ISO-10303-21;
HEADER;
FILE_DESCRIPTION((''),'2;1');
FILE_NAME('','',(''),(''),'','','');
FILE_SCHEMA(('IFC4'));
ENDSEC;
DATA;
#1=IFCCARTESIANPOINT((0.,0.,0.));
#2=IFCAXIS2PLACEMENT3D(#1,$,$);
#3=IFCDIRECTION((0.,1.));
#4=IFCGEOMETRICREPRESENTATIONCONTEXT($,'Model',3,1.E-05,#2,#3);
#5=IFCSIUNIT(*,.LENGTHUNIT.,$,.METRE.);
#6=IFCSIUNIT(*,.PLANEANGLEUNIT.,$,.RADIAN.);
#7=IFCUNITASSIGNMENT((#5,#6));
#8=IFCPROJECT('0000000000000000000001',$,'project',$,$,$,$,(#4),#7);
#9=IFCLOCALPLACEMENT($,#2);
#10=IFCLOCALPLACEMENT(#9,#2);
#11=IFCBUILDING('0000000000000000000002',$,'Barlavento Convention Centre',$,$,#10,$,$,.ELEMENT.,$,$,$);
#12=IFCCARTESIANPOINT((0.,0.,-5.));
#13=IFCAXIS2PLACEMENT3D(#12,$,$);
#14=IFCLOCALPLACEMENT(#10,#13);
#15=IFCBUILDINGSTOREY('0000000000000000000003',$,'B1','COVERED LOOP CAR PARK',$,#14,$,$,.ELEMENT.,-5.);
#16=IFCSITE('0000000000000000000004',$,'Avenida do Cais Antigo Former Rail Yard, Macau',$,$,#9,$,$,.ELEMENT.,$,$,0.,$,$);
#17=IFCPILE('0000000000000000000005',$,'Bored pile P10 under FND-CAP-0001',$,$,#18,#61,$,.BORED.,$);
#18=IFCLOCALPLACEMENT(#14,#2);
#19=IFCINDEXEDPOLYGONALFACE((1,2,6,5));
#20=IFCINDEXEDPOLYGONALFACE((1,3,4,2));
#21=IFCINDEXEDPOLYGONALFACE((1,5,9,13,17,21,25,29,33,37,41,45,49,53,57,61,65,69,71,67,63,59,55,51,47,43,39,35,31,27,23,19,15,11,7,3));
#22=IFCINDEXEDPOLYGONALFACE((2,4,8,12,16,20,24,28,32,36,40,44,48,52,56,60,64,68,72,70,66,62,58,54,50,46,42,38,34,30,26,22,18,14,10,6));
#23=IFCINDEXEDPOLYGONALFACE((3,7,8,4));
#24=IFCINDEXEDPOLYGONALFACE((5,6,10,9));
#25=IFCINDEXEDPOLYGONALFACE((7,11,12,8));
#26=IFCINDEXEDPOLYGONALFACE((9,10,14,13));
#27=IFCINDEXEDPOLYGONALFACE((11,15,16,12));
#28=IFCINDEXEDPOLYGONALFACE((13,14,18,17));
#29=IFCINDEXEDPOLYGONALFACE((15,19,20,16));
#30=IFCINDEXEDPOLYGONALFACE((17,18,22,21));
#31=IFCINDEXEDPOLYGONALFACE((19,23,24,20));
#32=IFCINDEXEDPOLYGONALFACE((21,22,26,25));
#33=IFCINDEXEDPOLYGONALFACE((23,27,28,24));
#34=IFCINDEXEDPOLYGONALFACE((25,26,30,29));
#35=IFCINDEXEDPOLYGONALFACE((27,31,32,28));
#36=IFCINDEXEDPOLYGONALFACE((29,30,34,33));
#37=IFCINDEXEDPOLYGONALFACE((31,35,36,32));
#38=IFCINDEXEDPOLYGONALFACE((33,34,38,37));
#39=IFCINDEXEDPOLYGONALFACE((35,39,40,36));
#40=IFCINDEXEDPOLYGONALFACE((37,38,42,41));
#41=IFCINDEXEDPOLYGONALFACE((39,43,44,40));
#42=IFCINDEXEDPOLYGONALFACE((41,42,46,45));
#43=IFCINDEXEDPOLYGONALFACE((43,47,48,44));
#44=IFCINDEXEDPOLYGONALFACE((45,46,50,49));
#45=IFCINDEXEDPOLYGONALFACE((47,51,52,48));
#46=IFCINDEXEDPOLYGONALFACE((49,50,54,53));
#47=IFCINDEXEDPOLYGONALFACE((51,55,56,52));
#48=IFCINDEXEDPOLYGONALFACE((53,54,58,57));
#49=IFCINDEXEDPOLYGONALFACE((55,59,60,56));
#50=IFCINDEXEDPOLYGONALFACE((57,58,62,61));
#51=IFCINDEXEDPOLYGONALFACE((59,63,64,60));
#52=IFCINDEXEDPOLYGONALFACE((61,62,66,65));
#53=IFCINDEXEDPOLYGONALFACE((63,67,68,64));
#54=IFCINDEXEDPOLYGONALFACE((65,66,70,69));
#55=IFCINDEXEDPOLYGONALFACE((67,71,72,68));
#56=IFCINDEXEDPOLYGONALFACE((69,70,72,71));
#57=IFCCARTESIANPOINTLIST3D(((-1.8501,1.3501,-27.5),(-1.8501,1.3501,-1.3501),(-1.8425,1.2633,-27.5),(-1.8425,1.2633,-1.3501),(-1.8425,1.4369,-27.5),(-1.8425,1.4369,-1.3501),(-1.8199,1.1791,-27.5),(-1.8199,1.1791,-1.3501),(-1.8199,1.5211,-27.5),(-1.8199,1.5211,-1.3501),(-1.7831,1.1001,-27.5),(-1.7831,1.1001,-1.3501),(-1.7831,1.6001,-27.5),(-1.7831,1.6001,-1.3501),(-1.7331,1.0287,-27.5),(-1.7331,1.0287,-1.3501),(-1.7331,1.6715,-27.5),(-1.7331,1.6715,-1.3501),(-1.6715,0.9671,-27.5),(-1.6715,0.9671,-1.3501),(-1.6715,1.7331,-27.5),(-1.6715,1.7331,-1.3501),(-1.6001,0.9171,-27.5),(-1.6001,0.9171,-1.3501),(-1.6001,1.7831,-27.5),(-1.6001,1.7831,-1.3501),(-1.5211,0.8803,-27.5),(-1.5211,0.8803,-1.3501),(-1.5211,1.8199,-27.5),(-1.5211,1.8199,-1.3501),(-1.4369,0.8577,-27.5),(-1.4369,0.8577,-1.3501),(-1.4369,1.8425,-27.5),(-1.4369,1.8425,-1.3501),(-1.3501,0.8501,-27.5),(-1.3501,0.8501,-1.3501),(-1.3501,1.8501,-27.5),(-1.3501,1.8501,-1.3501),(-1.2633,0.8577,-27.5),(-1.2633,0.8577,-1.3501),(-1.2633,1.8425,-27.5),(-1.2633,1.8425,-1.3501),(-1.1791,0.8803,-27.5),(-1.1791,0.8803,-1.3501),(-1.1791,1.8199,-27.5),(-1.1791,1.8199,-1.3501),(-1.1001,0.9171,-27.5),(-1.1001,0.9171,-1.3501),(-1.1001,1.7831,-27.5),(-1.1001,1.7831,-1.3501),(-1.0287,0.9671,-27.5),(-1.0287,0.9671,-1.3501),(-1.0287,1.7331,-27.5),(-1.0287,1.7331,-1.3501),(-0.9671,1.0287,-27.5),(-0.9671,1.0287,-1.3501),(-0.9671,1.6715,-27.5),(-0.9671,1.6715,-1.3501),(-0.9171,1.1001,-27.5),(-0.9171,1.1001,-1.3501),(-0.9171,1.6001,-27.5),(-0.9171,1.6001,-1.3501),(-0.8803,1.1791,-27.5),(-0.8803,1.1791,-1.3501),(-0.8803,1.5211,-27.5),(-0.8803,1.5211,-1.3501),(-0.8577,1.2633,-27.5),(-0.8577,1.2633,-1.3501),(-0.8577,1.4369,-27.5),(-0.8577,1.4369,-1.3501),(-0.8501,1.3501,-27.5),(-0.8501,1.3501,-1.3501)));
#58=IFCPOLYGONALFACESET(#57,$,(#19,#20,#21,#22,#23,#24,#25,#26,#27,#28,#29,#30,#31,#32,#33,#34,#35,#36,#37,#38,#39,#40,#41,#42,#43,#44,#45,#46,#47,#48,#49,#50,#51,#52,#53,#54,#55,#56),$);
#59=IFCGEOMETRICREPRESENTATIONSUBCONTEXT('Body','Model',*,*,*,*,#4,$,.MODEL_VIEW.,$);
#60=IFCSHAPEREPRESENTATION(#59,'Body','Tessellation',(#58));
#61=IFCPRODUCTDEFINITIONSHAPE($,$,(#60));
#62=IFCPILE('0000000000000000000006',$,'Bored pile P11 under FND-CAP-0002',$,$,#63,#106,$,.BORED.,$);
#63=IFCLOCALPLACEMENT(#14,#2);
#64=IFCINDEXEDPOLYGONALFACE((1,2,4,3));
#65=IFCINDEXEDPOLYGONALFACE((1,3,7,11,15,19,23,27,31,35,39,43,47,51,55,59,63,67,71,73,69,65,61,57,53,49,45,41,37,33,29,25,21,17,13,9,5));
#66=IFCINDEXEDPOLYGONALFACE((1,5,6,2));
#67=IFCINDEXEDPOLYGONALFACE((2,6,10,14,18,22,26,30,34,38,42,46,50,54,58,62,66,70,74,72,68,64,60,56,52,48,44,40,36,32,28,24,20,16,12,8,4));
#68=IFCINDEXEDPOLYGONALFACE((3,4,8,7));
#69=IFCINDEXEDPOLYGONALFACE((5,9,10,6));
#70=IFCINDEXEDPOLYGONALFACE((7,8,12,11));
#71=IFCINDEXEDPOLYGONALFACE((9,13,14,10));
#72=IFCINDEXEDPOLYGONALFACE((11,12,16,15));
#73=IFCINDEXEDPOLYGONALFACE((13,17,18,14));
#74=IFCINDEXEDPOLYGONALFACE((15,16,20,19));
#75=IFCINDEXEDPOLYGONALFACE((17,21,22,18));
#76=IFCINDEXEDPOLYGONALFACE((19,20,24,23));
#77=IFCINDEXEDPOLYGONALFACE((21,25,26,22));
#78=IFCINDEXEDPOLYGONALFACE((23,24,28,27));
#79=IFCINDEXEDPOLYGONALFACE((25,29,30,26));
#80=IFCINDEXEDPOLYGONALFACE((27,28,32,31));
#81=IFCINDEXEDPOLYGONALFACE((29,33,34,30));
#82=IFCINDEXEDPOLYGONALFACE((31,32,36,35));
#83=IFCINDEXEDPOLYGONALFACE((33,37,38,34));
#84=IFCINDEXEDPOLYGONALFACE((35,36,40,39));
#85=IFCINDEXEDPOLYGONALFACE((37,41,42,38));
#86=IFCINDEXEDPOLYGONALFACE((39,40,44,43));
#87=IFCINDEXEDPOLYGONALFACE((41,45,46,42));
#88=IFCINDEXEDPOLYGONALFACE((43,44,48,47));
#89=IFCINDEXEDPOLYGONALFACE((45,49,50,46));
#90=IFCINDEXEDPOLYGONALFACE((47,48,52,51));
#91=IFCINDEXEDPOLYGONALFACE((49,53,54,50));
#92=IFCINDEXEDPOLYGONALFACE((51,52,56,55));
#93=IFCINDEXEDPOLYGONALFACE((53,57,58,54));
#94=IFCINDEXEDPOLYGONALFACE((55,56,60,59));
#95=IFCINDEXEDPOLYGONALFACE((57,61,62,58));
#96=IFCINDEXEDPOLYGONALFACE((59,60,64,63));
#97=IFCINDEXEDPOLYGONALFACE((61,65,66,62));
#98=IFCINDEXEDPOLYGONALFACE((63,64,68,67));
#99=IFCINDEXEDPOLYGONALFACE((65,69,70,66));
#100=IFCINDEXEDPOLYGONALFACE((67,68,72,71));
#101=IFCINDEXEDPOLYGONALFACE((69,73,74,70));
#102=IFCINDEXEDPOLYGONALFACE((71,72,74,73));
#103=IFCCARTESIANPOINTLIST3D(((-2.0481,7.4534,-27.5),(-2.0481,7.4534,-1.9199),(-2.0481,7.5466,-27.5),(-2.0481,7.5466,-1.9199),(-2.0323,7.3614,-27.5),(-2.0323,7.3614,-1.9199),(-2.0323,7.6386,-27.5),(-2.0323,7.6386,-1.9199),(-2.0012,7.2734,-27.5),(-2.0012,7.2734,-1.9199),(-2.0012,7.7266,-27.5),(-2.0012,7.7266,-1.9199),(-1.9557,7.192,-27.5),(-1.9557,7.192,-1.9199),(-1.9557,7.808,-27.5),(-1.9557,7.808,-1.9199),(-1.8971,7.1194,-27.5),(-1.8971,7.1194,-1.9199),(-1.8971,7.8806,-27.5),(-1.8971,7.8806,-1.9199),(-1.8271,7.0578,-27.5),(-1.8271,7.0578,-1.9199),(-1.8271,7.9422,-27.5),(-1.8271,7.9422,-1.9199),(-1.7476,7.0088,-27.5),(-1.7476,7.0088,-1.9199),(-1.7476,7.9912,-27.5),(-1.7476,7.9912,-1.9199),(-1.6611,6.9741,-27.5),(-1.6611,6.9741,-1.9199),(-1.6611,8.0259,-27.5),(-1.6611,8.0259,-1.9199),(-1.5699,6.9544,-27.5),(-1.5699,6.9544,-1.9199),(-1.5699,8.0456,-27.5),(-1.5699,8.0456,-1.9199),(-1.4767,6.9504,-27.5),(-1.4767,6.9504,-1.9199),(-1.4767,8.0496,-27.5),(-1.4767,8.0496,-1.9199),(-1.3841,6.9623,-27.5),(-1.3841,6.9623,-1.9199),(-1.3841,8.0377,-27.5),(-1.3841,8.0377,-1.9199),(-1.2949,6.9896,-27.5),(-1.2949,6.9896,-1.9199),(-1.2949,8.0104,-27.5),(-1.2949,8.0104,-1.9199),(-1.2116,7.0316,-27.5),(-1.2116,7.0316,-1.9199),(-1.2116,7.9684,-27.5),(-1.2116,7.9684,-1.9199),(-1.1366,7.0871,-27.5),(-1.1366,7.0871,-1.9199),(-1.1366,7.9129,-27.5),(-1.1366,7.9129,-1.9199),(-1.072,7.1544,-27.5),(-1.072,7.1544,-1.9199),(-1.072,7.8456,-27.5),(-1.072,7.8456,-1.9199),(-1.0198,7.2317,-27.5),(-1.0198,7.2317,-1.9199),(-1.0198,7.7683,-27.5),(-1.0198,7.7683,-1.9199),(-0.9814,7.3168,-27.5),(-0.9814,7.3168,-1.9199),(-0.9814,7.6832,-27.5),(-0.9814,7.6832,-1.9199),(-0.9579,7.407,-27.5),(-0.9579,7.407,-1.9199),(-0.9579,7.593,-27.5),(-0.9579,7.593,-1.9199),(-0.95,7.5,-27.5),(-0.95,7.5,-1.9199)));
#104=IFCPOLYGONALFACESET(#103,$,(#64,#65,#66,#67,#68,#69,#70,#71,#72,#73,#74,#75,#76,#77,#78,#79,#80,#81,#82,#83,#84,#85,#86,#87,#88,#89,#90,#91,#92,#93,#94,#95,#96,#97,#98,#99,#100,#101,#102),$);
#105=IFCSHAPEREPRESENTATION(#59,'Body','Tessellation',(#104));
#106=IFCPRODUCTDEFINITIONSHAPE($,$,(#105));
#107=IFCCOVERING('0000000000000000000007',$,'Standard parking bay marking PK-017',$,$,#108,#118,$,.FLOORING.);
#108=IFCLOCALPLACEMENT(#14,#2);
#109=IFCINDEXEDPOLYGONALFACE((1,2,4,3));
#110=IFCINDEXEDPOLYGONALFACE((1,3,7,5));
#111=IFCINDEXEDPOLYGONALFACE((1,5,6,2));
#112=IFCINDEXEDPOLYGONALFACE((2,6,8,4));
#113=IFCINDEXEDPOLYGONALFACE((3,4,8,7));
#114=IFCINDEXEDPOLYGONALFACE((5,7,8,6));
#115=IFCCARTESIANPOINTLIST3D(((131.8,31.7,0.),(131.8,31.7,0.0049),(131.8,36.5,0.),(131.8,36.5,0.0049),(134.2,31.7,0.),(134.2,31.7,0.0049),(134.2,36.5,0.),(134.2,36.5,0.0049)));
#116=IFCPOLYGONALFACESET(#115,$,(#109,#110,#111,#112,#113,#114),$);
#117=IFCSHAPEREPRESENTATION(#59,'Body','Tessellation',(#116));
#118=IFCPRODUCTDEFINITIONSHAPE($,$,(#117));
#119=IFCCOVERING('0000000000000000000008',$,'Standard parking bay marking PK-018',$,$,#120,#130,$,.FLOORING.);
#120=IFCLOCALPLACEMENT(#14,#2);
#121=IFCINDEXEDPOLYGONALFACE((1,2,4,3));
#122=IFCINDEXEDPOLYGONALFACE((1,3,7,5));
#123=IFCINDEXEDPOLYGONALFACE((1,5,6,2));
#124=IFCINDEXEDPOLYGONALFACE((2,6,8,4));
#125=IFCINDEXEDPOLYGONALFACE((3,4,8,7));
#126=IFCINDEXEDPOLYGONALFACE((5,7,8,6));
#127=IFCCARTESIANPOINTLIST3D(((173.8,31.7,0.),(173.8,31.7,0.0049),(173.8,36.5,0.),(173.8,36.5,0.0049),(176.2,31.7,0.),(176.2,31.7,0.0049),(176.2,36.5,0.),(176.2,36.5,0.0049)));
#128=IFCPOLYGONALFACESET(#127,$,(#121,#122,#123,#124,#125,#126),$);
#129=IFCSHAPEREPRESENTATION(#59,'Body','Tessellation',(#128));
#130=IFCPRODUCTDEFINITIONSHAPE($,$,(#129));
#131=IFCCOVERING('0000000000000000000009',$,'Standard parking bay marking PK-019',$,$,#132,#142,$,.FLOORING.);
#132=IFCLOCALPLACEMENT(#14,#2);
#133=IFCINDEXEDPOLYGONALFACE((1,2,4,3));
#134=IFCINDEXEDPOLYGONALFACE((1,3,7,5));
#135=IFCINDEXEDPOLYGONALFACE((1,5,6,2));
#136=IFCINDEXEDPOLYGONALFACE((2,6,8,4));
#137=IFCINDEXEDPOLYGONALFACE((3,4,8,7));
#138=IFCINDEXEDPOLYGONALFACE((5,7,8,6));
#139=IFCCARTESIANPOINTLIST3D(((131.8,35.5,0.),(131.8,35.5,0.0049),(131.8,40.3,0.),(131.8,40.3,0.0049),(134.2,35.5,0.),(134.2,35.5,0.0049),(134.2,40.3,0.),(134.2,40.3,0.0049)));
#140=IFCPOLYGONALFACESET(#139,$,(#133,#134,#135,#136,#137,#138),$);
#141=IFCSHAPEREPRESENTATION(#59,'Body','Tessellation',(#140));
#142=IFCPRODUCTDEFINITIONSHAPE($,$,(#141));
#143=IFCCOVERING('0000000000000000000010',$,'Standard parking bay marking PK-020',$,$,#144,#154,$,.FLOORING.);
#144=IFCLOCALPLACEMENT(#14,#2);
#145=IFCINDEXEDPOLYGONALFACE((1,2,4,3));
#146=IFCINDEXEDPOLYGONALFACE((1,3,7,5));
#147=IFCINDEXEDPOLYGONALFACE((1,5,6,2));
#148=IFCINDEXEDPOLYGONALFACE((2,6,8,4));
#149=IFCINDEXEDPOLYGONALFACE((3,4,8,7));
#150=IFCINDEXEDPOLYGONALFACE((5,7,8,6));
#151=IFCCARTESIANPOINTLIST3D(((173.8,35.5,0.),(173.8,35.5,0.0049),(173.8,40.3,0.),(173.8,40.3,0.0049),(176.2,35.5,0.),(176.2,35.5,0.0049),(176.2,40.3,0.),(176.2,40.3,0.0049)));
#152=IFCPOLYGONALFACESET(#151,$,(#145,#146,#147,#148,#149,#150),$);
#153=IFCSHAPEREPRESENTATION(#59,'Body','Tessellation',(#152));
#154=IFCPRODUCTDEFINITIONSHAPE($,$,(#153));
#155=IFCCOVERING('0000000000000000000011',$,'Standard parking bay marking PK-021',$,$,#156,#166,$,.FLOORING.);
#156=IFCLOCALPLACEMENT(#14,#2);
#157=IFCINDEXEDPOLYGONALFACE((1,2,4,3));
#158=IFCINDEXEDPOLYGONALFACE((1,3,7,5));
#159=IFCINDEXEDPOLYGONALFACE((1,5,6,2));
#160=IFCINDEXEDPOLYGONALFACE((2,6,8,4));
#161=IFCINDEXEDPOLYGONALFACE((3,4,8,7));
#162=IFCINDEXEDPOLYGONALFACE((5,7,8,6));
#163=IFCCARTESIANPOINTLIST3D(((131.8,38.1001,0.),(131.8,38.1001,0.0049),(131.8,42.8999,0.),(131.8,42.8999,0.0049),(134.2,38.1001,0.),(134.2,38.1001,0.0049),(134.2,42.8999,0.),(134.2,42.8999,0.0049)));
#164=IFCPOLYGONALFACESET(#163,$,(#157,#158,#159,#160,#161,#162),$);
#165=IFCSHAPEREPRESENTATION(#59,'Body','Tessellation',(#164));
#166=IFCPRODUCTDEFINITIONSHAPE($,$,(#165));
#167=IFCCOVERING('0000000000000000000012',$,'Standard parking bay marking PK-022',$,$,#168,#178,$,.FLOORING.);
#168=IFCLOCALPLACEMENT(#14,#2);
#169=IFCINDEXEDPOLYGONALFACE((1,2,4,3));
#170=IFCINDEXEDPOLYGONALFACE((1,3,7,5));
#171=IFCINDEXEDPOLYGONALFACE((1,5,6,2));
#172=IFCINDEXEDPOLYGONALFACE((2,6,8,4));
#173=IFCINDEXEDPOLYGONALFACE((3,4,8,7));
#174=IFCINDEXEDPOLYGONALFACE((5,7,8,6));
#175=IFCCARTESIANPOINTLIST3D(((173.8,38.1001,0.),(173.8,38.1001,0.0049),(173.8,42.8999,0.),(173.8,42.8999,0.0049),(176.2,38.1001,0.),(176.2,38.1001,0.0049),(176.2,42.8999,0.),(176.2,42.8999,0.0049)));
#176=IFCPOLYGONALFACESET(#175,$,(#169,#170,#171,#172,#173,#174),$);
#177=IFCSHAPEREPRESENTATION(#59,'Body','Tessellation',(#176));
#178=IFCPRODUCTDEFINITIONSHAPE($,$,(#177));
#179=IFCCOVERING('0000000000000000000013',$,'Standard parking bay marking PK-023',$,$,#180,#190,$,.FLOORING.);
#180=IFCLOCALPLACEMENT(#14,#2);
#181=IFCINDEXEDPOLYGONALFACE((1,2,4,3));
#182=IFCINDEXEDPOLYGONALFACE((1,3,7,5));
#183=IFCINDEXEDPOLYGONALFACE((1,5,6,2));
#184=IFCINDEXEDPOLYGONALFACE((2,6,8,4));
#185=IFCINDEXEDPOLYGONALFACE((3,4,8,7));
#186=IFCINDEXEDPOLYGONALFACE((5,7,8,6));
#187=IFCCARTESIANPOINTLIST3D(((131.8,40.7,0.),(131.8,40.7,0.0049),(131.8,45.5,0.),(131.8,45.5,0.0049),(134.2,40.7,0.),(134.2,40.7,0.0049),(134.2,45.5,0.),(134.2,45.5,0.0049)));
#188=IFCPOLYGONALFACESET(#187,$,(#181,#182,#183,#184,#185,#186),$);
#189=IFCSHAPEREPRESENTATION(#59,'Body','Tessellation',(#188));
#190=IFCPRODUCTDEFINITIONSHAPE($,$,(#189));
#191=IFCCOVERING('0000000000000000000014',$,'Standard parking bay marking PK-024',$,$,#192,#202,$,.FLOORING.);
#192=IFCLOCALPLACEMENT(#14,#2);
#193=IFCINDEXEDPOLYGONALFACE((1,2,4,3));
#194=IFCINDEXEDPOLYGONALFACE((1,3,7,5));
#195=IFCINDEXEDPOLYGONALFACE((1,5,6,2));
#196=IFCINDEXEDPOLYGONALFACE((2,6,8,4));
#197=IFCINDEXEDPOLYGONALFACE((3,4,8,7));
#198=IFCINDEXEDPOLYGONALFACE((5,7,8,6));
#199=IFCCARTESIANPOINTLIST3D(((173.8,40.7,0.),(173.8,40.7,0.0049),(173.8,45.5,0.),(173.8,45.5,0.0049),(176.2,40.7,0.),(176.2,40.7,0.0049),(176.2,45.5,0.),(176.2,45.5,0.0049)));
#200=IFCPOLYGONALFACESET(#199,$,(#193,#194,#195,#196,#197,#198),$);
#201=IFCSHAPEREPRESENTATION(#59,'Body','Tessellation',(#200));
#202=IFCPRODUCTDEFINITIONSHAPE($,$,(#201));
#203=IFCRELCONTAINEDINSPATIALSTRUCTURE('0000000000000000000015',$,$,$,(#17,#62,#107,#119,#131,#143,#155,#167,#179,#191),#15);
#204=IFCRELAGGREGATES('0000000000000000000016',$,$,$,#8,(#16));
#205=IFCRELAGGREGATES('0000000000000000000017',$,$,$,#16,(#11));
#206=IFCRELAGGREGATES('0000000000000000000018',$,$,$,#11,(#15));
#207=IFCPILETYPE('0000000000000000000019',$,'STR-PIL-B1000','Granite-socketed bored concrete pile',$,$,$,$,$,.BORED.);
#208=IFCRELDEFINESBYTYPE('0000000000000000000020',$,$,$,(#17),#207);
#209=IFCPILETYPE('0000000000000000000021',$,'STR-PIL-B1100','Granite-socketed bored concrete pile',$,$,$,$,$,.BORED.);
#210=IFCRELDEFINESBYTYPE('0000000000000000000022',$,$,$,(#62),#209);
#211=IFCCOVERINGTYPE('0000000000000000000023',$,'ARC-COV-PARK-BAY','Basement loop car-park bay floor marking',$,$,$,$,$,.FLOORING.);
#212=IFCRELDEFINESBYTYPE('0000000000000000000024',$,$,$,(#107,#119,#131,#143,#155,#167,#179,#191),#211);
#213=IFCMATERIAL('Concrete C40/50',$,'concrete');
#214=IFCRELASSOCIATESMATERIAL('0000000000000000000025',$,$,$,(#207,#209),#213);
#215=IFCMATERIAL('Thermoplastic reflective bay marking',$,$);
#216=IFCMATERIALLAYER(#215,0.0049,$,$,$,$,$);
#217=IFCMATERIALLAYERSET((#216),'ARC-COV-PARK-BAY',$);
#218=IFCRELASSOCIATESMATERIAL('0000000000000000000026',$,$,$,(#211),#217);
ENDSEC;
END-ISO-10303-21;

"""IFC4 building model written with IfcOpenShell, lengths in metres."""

from ifc_helpers import new_model, si_unit, direction, frame, origin, origin_2d, place, context, subcontext, project, spatial, polyline, circle, outline, extrude, material, layer, layer_set, material_profile, profile_set, type_object, element, save


model = new_model("IFC4")

# Units and contexts
model_context = context("Model", 3, precision=1e-05, world=origin(), true_north=direction((0.0, 1.0)))
body_context = subcontext(model_context, "Body", "Model", "MODEL_VIEW")
ifc_project = project(units=[si_unit("LENGTHUNIT", "METRE"), si_unit("PLANEANGLEUNIT", "RADIAN")], contexts=[model_context])

# Site, building, storey
site_placement = place(None, origin())
site = spatial("IfcSite", under=ifc_project, at=site_placement, Name="Avenida do Cais Antigo Former Rail Yard, Macau", CompositionType="ELEMENT", RefElevation=0.0)
building_placement = place(site_placement, origin())
building = spatial("IfcBuilding", under=site, at=building_placement, Name="Barlavento Convention Centre", CompositionType="ELEMENT")
storey_placement = place(building_placement, frame((0.0, 0.0, -5.0)))
storey = spatial("IfcBuildingStorey", under=building, at=storey_placement, Name="B1", Description="COVERED LOOP CAR PARK", CompositionType="ELEMENT", Elevation=-5.0)

# Piles
ifc_material_1 = material(Name="Concrete C40/50", Category="concrete")
ifc_material_profile_1 = material_profile(ifc_material_1, circle(Radius=0.5, at=origin_2d()), Name="BORED PILE 1000")
ifc_profile_set_1 = profile_set([ifc_material_profile_1], Name="Concrete C40/50")
pile_type_1 = type_object("IfcPileType", Name="STR-PIL-B1000", Description="Granite-socketed bored concrete pile", PredefinedType="BORED", material=ifc_profile_set_1)
pile_1_placement = place(storey_placement, frame((-1.3501, 1.3501, -1.3501), z_axis=(0.0, 0.0, -1.0), x_axis=(1.0, 0.0, 0.0)))
element("IfcPile", 1, at=pile_1_placement, inside=storey, type_object=pile_type_1, Name="Bored pile P10 under FND-CAP-0001", PredefinedType="BORED", context=body_context, shape_type="SweptSolid", body=[
    extrude(circle(Radius=0.5, at=origin_2d()), origin(), (0.0, 0.0, 1.0), 26.1499),
])
ifc_material_profile_2 = material_profile(ifc_material_1, circle(Radius=0.55, at=origin_2d()), Name="BORED PILE 1100")
ifc_profile_set_2 = profile_set([ifc_material_profile_2], Name="Concrete C40/50")
pile_type_2 = type_object("IfcPileType", Name="STR-PIL-B1100", Description="Granite-socketed bored concrete pile", PredefinedType="BORED", material=ifc_profile_set_2)
pile_2_placement = place(storey_placement, frame((-1.5, 7.5, -1.9199), z_axis=(0.0, 0.0, -1.0), x_axis=(1.0, 0.0, 0.0)))
element("IfcPile", 2, at=pile_2_placement, inside=storey, type_object=pile_type_2, Name="Bored pile P11 under FND-CAP-0002", PredefinedType="BORED", context=body_context, shape_type="SweptSolid", body=[
    extrude(circle(Radius=0.55, at=origin_2d()), origin(), (0.0, 0.0, 1.0), 25.5801),
])

# Coverings
ifc_material_2 = material(Name="Thermoplastic reflective bay marking")
ifc_layer = layer(ifc_material_2, 0.0049)
ifc_layer_set = layer_set([ifc_layer], Name="ARC-COV-PARK-BAY")
covering_type = type_object("IfcCoveringType", Name="ARC-COV-PARK-BAY", Description="Basement loop car-park bay floor marking", PredefinedType="FLOORING", material=ifc_layer_set)
covering_1_placement = place(storey_placement, origin())
element("IfcCovering", 3, at=covering_1_placement, inside=storey, type_object=covering_type, Name="Standard parking bay marking PK-017", PredefinedType="FLOORING", context=body_context, shape_type="SweptSolid", body=[
    extrude(outline(polyline([(131.8, 31.7), (134.2, 31.7), (134.2, 36.5), (131.8, 36.5), (131.8, 31.7)])), origin(), (0.0, 0.0, 1.0), 0.0049),
])
covering_2_placement = place(storey_placement, origin())
element("IfcCovering", 4, at=covering_2_placement, inside=storey, type_object=covering_type, Name="Standard parking bay marking PK-018", PredefinedType="FLOORING", context=body_context, shape_type="SweptSolid", body=[
    extrude(outline(polyline([(173.8, 31.7), (176.2, 31.7), (176.2, 36.5), (173.8, 36.5), (173.8, 31.7)])), origin(), (0.0, 0.0, 1.0), 0.0049),
])
covering_3_placement = place(storey_placement, origin())
element("IfcCovering", 5, at=covering_3_placement, inside=storey, type_object=covering_type, Name="Standard parking bay marking PK-019", PredefinedType="FLOORING", context=body_context, shape_type="SweptSolid", body=[
    extrude(outline(polyline([(131.8, 35.5), (134.2, 35.5), (134.2, 40.3), (131.8, 40.3), (131.8, 35.5)])), origin(), (0.0, 0.0, 1.0), 0.0049),
])
covering_4_placement = place(storey_placement, origin())
element("IfcCovering", 6, at=covering_4_placement, inside=storey, type_object=covering_type, Name="Standard parking bay marking PK-020", PredefinedType="FLOORING", context=body_context, shape_type="SweptSolid", body=[
    extrude(outline(polyline([(173.8, 35.5), (176.2, 35.5), (176.2, 40.3), (173.8, 40.3), (173.8, 35.5)])), origin(), (0.0, 0.0, 1.0), 0.0049),
])
covering_5_placement = place(storey_placement, origin())
element("IfcCovering", 7, at=covering_5_placement, inside=storey, type_object=covering_type, Name="Standard parking bay marking PK-021", PredefinedType="FLOORING", context=body_context, shape_type="SweptSolid", body=[
    extrude(outline(polyline([(131.8, 38.1001), (134.2, 38.1001), (134.2, 42.8999), (131.8, 42.8999), (131.8, 38.1001)])), origin(), (0.0, 0.0, 1.0), 0.0049),
])
covering_6_placement = place(storey_placement, origin())
element("IfcCovering", 8, at=covering_6_placement, inside=storey, type_object=covering_type, Name="Standard parking bay marking PK-022", PredefinedType="FLOORING", context=body_context, shape_type="SweptSolid", body=[
    extrude(outline(polyline([(173.8, 38.1001), (176.2, 38.1001), (176.2, 42.8999), (173.8, 42.8999), (173.8, 38.1001)])), origin(), (0.0, 0.0, 1.0), 0.0049),
])
covering_7_placement = place(storey_placement, origin())
element("IfcCovering", 9, at=covering_7_placement, inside=storey, type_object=covering_type, Name="Standard parking bay marking PK-023", PredefinedType="FLOORING", context=body_context, shape_type="SweptSolid", body=[
    extrude(outline(polyline([(131.8, 40.7), (134.2, 40.7), (134.2, 45.5), (131.8, 45.5), (131.8, 40.7)])), origin(), (0.0, 0.0, 1.0), 0.0049),
])
covering_8_placement = place(storey_placement, origin())
element("IfcCovering", 10, at=covering_8_placement, inside=storey, type_object=covering_type, Name="Standard parking bay marking PK-024", PredefinedType="FLOORING", context=body_context, shape_type="SweptSolid", body=[
    extrude(outline(polyline([(173.8, 40.7), (176.2, 40.7), (176.2, 45.5), (173.8, 45.5), (173.8, 40.7)])), origin(), (0.0, 0.0, 1.0), 0.0049),
])

save(model, "model.ifc")
